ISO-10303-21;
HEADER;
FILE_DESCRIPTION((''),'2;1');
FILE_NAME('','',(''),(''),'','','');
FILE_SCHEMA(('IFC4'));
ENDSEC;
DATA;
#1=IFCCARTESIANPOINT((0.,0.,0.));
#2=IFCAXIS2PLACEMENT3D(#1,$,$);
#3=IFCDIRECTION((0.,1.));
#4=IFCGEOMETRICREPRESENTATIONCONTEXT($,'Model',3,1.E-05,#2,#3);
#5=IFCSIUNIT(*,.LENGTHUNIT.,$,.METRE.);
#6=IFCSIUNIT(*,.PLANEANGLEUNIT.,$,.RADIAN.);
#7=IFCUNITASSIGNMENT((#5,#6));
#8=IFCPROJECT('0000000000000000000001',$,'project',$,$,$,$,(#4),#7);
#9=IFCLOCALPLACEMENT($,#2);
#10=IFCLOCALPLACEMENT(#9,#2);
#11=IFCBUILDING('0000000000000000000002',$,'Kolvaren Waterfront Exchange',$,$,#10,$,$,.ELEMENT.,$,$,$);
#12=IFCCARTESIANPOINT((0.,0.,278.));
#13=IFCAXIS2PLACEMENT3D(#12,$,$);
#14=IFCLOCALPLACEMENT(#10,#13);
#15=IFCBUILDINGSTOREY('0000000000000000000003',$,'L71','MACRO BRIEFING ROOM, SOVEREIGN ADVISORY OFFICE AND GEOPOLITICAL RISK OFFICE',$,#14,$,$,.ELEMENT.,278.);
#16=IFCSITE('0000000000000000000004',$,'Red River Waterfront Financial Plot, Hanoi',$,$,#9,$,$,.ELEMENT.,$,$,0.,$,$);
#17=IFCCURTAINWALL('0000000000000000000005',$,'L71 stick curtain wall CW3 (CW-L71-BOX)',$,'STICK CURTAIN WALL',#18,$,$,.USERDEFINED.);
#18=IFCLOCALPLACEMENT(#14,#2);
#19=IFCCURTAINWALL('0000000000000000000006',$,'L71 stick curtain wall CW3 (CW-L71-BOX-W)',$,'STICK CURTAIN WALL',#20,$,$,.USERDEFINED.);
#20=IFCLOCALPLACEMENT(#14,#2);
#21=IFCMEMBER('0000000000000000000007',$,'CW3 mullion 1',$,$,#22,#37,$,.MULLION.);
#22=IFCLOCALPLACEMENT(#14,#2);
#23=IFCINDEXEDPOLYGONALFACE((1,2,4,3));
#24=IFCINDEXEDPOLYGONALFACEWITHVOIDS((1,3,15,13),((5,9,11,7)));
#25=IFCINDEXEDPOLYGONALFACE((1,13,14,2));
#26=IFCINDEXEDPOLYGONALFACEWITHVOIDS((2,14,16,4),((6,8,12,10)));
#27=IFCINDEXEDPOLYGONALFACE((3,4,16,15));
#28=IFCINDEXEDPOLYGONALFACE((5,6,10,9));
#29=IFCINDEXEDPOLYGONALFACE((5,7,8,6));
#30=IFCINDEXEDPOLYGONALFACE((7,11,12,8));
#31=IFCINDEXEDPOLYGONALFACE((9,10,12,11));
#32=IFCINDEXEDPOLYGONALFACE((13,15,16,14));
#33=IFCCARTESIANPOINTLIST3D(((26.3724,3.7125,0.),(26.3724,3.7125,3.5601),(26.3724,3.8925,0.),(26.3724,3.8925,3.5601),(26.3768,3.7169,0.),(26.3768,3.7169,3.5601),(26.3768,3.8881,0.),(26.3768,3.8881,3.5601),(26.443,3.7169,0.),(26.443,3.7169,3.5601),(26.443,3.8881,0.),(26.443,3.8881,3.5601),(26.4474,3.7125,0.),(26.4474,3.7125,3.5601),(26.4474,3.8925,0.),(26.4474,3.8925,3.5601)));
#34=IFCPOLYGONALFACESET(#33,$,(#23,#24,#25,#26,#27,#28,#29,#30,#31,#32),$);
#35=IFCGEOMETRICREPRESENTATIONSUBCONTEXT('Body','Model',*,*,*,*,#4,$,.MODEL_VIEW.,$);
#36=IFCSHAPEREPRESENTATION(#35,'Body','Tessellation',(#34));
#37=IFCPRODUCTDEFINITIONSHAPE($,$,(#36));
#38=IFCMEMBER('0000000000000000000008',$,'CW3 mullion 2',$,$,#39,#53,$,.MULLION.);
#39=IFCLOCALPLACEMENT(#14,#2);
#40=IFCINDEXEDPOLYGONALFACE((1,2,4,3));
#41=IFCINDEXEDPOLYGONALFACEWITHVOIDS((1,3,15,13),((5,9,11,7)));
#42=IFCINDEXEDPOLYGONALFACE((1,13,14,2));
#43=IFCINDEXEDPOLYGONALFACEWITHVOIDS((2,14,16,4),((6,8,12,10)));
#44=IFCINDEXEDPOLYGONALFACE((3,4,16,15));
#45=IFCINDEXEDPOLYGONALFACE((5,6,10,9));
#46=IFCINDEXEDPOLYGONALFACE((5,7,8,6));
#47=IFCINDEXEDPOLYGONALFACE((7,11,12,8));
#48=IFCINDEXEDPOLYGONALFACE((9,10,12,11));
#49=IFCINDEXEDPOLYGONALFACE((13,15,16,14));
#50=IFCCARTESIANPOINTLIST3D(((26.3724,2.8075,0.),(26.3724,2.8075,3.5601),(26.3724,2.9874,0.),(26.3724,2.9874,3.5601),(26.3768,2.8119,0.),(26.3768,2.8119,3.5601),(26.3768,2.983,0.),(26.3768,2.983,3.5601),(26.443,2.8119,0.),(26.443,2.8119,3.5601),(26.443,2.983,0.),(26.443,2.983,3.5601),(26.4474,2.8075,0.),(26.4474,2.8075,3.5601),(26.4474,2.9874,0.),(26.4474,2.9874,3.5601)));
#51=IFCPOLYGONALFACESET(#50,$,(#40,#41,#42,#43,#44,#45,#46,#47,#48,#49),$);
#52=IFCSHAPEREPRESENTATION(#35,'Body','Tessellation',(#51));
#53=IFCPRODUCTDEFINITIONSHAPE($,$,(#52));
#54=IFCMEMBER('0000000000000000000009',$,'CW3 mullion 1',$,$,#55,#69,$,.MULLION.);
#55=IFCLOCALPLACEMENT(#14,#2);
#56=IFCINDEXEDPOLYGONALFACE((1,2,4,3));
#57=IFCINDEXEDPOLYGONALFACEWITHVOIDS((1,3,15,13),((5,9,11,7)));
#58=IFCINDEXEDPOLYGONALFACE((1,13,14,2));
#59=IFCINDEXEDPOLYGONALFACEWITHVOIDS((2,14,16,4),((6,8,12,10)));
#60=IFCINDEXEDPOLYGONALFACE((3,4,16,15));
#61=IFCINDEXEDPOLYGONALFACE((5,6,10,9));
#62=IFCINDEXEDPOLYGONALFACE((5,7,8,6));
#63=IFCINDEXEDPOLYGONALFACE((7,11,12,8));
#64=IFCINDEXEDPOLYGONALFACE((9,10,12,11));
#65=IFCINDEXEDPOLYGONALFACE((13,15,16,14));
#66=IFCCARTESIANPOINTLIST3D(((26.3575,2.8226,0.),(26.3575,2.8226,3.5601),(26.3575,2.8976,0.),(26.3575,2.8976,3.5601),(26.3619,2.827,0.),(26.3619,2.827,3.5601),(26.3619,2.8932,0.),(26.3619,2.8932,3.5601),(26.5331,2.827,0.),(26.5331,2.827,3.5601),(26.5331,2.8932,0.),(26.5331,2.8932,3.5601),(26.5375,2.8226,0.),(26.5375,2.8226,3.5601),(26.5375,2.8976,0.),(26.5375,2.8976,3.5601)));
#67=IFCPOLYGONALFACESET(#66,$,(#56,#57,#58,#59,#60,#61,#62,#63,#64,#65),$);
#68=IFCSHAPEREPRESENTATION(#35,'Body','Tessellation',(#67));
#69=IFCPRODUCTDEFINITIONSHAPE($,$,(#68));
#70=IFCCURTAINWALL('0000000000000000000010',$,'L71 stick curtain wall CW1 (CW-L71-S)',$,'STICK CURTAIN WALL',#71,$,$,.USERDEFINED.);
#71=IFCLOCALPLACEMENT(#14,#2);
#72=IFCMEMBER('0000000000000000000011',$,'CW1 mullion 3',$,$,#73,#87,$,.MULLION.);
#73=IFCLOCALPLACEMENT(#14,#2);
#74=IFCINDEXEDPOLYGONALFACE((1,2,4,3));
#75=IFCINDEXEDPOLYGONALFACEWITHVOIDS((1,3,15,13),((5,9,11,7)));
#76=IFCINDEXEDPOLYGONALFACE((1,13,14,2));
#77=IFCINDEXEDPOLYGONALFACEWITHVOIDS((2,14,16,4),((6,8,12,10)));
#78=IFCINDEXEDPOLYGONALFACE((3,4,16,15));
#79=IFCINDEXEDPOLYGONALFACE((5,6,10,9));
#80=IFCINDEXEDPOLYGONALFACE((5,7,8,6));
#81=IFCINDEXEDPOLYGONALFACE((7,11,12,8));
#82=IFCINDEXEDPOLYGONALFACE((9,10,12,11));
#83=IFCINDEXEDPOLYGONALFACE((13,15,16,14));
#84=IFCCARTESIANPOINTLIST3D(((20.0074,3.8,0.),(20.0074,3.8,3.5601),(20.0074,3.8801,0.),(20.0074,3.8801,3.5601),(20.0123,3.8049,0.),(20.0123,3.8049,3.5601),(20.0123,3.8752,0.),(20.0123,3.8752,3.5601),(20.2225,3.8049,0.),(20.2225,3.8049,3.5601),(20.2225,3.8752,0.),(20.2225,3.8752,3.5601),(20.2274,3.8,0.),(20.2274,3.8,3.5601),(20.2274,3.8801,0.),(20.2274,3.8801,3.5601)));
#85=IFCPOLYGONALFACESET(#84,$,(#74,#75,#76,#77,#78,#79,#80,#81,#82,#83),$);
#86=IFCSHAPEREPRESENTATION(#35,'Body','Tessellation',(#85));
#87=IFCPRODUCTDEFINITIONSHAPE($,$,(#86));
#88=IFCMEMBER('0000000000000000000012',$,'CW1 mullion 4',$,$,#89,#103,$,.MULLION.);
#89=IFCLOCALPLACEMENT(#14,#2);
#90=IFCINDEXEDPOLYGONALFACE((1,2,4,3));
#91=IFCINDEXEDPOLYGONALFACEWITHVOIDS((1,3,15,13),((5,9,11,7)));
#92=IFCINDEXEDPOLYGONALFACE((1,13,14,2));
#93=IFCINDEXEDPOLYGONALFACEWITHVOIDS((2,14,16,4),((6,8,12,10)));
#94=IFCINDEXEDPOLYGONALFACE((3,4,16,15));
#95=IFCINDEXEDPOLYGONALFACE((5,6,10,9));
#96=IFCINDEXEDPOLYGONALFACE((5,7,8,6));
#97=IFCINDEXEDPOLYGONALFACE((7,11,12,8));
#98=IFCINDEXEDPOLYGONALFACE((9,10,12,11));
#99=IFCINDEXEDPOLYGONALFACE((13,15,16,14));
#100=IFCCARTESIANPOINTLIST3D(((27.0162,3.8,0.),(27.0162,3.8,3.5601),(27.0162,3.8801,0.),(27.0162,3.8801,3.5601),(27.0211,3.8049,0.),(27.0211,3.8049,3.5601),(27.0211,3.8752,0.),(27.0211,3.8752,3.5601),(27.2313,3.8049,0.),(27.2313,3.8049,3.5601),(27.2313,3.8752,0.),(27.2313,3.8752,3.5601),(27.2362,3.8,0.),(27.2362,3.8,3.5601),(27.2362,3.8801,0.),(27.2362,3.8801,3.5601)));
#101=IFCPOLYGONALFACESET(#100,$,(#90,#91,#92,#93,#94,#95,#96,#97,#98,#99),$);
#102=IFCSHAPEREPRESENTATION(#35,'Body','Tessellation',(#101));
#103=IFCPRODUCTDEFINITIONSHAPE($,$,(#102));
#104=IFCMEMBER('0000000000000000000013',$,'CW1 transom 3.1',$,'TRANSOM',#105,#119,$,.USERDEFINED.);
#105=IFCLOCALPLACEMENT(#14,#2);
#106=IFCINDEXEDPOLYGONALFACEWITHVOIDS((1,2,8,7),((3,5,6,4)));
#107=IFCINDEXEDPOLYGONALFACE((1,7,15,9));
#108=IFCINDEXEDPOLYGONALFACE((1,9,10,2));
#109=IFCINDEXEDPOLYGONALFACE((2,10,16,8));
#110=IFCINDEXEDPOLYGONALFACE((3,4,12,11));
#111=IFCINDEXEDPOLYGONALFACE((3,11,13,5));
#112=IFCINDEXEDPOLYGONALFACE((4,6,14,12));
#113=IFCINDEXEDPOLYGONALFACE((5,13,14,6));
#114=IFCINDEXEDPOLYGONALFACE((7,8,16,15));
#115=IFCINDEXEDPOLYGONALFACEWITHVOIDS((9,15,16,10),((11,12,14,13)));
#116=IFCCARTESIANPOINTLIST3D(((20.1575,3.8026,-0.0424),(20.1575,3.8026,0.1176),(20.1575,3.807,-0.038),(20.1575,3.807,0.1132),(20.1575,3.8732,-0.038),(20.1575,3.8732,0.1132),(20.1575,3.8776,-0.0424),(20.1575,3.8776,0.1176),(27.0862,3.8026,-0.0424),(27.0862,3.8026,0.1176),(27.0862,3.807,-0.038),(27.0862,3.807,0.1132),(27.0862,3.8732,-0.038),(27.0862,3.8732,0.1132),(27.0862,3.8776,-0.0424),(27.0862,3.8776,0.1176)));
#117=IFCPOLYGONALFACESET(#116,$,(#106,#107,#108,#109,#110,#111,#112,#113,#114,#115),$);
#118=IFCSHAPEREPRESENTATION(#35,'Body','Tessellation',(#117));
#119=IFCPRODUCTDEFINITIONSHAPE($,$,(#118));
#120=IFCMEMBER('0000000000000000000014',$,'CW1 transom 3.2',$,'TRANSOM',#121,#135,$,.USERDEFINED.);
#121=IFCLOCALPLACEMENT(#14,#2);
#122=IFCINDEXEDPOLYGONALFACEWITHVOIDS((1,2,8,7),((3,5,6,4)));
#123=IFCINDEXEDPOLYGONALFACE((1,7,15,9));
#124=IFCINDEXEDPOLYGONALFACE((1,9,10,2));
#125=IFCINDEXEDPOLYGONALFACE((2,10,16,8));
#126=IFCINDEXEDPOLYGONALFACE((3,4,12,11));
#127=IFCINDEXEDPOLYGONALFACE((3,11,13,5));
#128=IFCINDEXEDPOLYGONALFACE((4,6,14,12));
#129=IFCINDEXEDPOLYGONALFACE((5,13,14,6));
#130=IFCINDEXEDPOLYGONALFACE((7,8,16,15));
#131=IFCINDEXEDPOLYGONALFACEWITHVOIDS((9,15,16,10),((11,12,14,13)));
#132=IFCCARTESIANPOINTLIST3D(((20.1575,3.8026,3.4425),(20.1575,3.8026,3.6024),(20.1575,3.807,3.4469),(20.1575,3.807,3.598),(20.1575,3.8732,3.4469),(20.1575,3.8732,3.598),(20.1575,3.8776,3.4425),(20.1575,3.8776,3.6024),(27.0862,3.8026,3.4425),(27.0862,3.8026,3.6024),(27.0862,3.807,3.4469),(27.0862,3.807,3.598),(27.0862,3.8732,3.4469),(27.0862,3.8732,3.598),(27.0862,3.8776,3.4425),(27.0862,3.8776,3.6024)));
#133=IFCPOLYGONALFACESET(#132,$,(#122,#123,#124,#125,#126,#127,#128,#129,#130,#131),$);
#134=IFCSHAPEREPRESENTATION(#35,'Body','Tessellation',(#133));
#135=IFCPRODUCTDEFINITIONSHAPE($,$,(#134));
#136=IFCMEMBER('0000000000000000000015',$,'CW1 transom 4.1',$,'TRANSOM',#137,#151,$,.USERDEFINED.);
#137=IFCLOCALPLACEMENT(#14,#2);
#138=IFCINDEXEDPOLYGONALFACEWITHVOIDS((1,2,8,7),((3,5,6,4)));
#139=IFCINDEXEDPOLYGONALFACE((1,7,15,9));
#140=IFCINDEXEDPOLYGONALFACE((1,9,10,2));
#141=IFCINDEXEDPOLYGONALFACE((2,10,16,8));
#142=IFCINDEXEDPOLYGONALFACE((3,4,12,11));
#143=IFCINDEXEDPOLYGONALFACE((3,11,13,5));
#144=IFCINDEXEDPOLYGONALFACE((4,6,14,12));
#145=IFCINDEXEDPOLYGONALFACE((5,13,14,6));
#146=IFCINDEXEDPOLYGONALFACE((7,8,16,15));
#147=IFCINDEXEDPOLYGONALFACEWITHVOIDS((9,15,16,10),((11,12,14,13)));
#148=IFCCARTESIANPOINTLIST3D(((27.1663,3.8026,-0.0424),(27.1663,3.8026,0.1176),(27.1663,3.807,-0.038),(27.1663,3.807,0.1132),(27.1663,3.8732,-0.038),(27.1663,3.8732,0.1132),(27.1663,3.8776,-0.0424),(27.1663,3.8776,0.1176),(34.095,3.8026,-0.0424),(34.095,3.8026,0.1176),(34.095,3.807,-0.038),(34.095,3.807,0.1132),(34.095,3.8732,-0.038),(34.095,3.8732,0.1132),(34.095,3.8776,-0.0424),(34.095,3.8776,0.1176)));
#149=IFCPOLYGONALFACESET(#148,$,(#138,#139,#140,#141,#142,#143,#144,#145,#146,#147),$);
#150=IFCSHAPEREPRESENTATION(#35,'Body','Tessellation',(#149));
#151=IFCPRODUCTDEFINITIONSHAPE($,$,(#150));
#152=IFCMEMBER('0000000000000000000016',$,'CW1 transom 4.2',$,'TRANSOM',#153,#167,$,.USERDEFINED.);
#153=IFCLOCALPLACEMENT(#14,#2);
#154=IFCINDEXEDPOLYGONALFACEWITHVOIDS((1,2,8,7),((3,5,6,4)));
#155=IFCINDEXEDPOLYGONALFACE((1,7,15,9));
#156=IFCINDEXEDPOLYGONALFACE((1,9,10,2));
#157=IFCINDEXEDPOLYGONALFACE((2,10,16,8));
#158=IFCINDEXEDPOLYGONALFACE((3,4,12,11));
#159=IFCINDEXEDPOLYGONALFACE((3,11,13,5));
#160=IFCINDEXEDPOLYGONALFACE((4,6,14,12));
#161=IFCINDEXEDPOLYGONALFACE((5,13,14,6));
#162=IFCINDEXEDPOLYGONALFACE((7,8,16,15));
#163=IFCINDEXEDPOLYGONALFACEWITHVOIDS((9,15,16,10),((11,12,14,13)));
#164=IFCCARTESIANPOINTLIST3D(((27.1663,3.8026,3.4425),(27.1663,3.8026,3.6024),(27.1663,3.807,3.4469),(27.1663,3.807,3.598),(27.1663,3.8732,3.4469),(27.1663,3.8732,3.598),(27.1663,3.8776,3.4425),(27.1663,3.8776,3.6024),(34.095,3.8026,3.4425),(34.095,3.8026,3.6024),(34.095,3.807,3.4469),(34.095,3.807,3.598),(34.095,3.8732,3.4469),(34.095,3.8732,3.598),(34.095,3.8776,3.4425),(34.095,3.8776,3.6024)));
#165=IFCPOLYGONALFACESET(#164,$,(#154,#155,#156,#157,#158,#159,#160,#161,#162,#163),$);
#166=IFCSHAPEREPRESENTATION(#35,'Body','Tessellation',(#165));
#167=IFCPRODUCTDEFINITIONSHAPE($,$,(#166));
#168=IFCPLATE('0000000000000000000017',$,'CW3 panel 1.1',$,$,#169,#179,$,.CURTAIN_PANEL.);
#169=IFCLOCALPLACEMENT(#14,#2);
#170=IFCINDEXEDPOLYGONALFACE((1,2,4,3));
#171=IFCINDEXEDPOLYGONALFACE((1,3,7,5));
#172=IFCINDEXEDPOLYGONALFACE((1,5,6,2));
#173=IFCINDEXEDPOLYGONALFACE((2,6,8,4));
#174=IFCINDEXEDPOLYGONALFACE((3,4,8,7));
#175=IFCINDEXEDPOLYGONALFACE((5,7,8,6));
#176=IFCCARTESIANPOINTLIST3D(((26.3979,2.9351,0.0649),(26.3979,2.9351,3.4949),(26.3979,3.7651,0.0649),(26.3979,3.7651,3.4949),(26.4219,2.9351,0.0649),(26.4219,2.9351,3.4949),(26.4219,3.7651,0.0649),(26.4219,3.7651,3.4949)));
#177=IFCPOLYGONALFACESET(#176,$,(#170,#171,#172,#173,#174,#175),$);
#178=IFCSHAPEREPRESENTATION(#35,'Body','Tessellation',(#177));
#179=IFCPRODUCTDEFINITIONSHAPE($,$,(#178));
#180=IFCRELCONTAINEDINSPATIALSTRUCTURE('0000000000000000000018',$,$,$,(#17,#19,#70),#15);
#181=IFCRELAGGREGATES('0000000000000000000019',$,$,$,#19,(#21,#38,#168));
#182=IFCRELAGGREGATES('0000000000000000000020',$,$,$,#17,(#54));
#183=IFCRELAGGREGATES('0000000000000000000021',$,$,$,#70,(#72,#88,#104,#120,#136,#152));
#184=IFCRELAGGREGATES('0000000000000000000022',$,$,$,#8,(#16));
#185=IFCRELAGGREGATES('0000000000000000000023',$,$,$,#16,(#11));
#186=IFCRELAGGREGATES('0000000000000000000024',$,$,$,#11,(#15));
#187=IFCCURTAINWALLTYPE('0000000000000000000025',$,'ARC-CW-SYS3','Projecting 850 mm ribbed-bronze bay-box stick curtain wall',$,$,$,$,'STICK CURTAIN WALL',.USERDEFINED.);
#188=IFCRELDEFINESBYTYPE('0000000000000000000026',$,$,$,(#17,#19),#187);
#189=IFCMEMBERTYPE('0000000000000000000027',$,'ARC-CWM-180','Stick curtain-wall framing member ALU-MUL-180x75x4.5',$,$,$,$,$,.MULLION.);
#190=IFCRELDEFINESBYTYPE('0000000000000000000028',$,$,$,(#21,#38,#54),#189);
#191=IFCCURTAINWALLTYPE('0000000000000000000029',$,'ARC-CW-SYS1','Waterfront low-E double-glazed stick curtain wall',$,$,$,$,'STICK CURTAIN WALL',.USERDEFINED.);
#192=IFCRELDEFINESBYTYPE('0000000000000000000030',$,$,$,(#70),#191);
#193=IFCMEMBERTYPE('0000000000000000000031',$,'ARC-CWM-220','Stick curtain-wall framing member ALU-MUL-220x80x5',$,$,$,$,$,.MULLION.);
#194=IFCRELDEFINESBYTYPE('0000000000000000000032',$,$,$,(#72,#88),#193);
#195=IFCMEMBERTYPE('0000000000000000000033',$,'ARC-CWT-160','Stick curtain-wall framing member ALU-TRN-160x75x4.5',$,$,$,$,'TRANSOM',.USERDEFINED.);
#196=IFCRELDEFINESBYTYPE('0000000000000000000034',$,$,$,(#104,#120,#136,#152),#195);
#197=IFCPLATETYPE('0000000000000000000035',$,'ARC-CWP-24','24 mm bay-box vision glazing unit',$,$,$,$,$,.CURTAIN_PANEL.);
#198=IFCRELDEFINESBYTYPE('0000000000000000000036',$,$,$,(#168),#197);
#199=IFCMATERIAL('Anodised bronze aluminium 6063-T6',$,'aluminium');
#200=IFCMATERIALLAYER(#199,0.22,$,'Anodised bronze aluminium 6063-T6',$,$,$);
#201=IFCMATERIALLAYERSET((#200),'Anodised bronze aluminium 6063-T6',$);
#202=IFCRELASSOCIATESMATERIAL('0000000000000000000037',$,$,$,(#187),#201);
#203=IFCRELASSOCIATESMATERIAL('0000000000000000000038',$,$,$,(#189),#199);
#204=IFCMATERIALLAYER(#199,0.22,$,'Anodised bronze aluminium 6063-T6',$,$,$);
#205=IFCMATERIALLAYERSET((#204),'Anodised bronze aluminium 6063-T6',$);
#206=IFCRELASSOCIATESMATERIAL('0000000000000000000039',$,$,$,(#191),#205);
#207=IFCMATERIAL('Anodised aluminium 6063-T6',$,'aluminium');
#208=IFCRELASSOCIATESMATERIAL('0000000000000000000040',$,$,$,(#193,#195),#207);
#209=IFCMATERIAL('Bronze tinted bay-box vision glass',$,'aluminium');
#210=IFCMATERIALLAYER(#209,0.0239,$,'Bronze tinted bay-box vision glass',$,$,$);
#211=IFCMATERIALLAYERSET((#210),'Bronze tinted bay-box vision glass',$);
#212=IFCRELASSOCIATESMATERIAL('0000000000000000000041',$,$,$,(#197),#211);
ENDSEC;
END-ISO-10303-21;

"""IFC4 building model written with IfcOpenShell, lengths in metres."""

from ifc_helpers import new_model, si_unit, direction, frame, origin, origin_with_axes, origin_2d, place, context, subcontext, project, spatial, rectangle, hollow_rectangle, extrude, source, transform, mapped, material, layer, layer_set, material_profile, profile_set, type_object, element, aggregate, save


model = new_model("IFC4")

# Units and contexts
model_context = context("Model", 3, precision=1e-05, world=origin(), true_north=direction((0.0, 1.0)))
body_context = subcontext(model_context, "Body", "Model", "MODEL_VIEW")
ifc_project = project(units=[si_unit("LENGTHUNIT", "METRE"), si_unit("PLANEANGLEUNIT", "RADIAN")], contexts=[model_context])

# Site, building, storey
site_placement = place(None, origin())
site = spatial("IfcSite", under=ifc_project, at=site_placement, Name="Red River Waterfront Financial Plot, Hanoi", CompositionType="ELEMENT", RefElevation=0.0)
building_placement = place(site_placement, origin())
building = spatial("IfcBuilding", under=site, at=building_placement, Name="Kolvaren Waterfront Exchange", CompositionType="ELEMENT")
storey_placement = place(building_placement, frame((0.0, 0.0, 278.0)))
storey = spatial("IfcBuildingStorey", under=building, at=storey_placement, Name="L71", Description="MACRO BRIEFING ROOM, SOVEREIGN ADVISORY OFFICE AND GEOPOLITICAL RISK OFFICE", CompositionType="ELEMENT", Elevation=278.0)

# Curtain walls, members
ifc_material_1 = material(Name="Anodised bronze aluminium 6063-T6", Category="aluminium")
ifc_layer_1 = layer(ifc_material_1, 0.22, Name="Anodised bronze aluminium 6063-T6")
ifc_layer_set_1 = layer_set([ifc_layer_1], Name="Anodised bronze aluminium 6063-T6")
curtain_wall_type_1 = type_object("IfcCurtainWallType", Name="ARC-CW-SYS3", Description="Projecting 850 mm ribbed-bronze bay-box stick curtain wall", ElementType="STICK CURTAIN WALL", PredefinedType="USERDEFINED", material=ifc_layer_set_1)
curtain_wall_1_placement = place(storey_placement, origin())
curtain_wall_1 = element("IfcCurtainWall", 1, at=curtain_wall_1_placement, inside=storey, type_object=curtain_wall_type_1, Name="L71 stick curtain wall CW3 (CW-L71-BOX)", ObjectType="STICK CURTAIN WALL", PredefinedType="USERDEFINED")
curtain_wall_2_placement = place(storey_placement, origin())
curtain_wall_2 = element("IfcCurtainWall", 2, at=curtain_wall_2_placement, inside=storey, type_object=curtain_wall_type_1, Name="L71 stick curtain wall CW3 (CW-L71-BOX-W)", ObjectType="STICK CURTAIN WALL", PredefinedType="USERDEFINED")
ifc_material_profile_1 = material_profile(ifc_material_1, hollow_rectangle(XDim=0.075, YDim=0.1799, WallThickness=0.0044, at=origin_2d()), Name="ALU-MUL-180x75x4.5")
ifc_profile_set_1 = profile_set([ifc_material_profile_1], Name="Anodised bronze aluminium 6063-T6")
member_type_1 = type_object("IfcMemberType", Name="ARC-CWM-180", Description="Stick curtain-wall framing member ALU-MUL-180x75x4.5", PredefinedType="MULLION", material=ifc_profile_set_1)
shared_shape_1 = source(origin_with_axes(), body_context, "Body", "SweptSolid", [
    extrude(hollow_rectangle(XDim=0.075, YDim=0.1799, WallThickness=0.0044, at=origin_2d()), origin(), (0.0, 0.0, 1.0), 3.5601),
])
member_1_placement = place(storey_placement, frame((26.4099, 3.8025, 0.0), z_axis=(0.0, 0.0, 1.0), x_axis=(1.0, 0.0, 0.0)))
member_1 = element("IfcMember", 3, at=member_1_placement, type_object=member_type_1, Name="CW3 mullion 1", PredefinedType="MULLION", context=body_context, shape_type="MappedRepresentation", body=[
    mapped(shared_shape_1, transform((0.0, 0.0, 0.0), x_axis=(1.0, 0.0, 0.0), y_axis=(0.0, 1.0, 0.0), z_axis=(0.0, 0.0, 1.0), scale=1.0)),
])
member_2_placement = place(storey_placement, frame((26.4099, 2.8975, 0.0), z_axis=(0.0, 0.0, 1.0), x_axis=(1.0, 0.0, 0.0)))
member_2 = element("IfcMember", 4, at=member_2_placement, type_object=member_type_1, Name="CW3 mullion 2", PredefinedType="MULLION", context=body_context, shape_type="MappedRepresentation", body=[
    mapped(shared_shape_1, transform((0.0, 0.0, 0.0), x_axis=(1.0, 0.0, 0.0), y_axis=(0.0, 1.0, 0.0), z_axis=(0.0, 0.0, 1.0), scale=1.0)),
])

# Member
member_3_placement = place(storey_placement, frame((26.4475, 2.8601, 0.0), z_axis=(0.0, 0.0, 1.0), x_axis=(0.0, 1.0, 0.0)))
member_3 = element("IfcMember", 5, at=member_3_placement, type_object=member_type_1, Name="CW3 mullion 1", PredefinedType="MULLION", context=body_context, shape_type="MappedRepresentation", body=[
    mapped(shared_shape_1, transform((0.0, 0.0, 0.0), x_axis=(1.0, 0.0, 0.0), y_axis=(0.0, 1.0, 0.0), z_axis=(0.0, 0.0, 1.0), scale=1.0)),
])

# Curtain wall, members
ifc_layer_2 = layer(ifc_material_1, 0.22, Name="Anodised bronze aluminium 6063-T6")
ifc_layer_set_2 = layer_set([ifc_layer_2], Name="Anodised bronze aluminium 6063-T6")
curtain_wall_type_2 = type_object("IfcCurtainWallType", Name="ARC-CW-SYS1", Description="Waterfront low-E double-glazed stick curtain wall", ElementType="STICK CURTAIN WALL", PredefinedType="USERDEFINED", material=ifc_layer_set_2)
curtain_wall_3_placement = place(storey_placement, origin())
curtain_wall_3 = element("IfcCurtainWall", 6, at=curtain_wall_3_placement, inside=storey, type_object=curtain_wall_type_2, Name="L71 stick curtain wall CW1 (CW-L71-S)", ObjectType="STICK CURTAIN WALL", PredefinedType="USERDEFINED")
ifc_material_2 = material(Name="Anodised aluminium 6063-T6", Category="aluminium")
ifc_material_profile_2 = material_profile(ifc_material_2, hollow_rectangle(XDim=0.0801, YDim=0.22, WallThickness=0.0049, at=origin_2d()), Name="ALU-MUL-220x80x5")
ifc_profile_set_2 = profile_set([ifc_material_profile_2], Name="Anodised aluminium 6063-T6")
member_type_2 = type_object("IfcMemberType", Name="ARC-CWM-220", Description="Stick curtain-wall framing member ALU-MUL-220x80x5", PredefinedType="MULLION", material=ifc_profile_set_2)
shared_shape_2 = source(origin_with_axes(), body_context, "Body", "SweptSolid", [
    extrude(hollow_rectangle(XDim=0.0801, YDim=0.22, WallThickness=0.0049, at=origin_2d()), origin(), (0.0, 0.0, 1.0), 3.5601),
])
member_4_placement = place(storey_placement, frame((20.1174, 3.8401, 0.0), z_axis=(0.0, 0.0, 1.0), x_axis=(0.0, 1.0, 0.0)))
member_4 = element("IfcMember", 7, at=member_4_placement, type_object=member_type_2, Name="CW1 mullion 3", PredefinedType="MULLION", context=body_context, shape_type="MappedRepresentation", body=[
    mapped(shared_shape_2, transform((0.0, 0.0, 0.0), x_axis=(1.0, 0.0, 0.0), y_axis=(0.0, 1.0, 0.0), z_axis=(0.0, 0.0, 1.0), scale=1.0)),
])
member_5_placement = place(storey_placement, frame((27.1262, 3.8401, 0.0), z_axis=(0.0, 0.0, 1.0), x_axis=(0.0, 1.0, 0.0)))
member_5 = element("IfcMember", 8, at=member_5_placement, type_object=member_type_2, Name="CW1 mullion 4", PredefinedType="MULLION", context=body_context, shape_type="MappedRepresentation", body=[
    mapped(shared_shape_2, transform((0.0, 0.0, 0.0), x_axis=(1.0, 0.0, 0.0), y_axis=(0.0, 1.0, 0.0), z_axis=(0.0, 0.0, 1.0), scale=1.0)),
])
ifc_material_profile_3 = material_profile(ifc_material_2, hollow_rectangle(XDim=0.075, YDim=0.1599, WallThickness=0.0044, at=origin_2d()), Name="ALU-TRN-160x75x4.5")
ifc_profile_set_3 = profile_set([ifc_material_profile_3], Name="Anodised aluminium 6063-T6")
member_type_3 = type_object("IfcMemberType", Name="ARC-CWT-160", Description="Stick curtain-wall framing member ALU-TRN-160x75x4.5", ElementType="TRANSOM", PredefinedType="USERDEFINED", material=ifc_profile_set_3)
shared_shape_3 = source(origin_with_axes(), body_context, "Body", "SweptSolid", [
    extrude(hollow_rectangle(XDim=0.075, YDim=0.1599, WallThickness=0.0044, at=origin_2d()), origin(), (0.0, 0.0, 1.0), 6.9287),
])
member_6_placement = place(storey_placement, frame((20.1575, 3.8401, 0.0376), z_axis=(1.0, 0.0, 0.0), x_axis=(0.0, 1.0, 0.0)))
member_6 = element("IfcMember", 9, at=member_6_placement, type_object=member_type_3, Name="CW1 transom 3.1", ObjectType="TRANSOM", PredefinedType="USERDEFINED", context=body_context, shape_type="MappedRepresentation", body=[
    mapped(shared_shape_3, transform((0.0, 0.0, 0.0), x_axis=(1.0, 0.0, 0.0), y_axis=(0.0, 1.0, 0.0), z_axis=(0.0, 0.0, 1.0), scale=1.0)),
])
member_7_placement = place(storey_placement, frame((20.1575, 3.8401, 3.5225), z_axis=(1.0, 0.0, 0.0), x_axis=(0.0, 1.0, 0.0)))
member_7 = element("IfcMember", 10, at=member_7_placement, type_object=member_type_3, Name="CW1 transom 3.2", ObjectType="TRANSOM", PredefinedType="USERDEFINED", context=body_context, shape_type="MappedRepresentation", body=[
    mapped(shared_shape_3, transform((0.0, 0.0, 0.0), x_axis=(1.0, 0.0, 0.0), y_axis=(0.0, 1.0, 0.0), z_axis=(0.0, 0.0, 1.0), scale=1.0)),
])
member_8_placement = place(storey_placement, frame((27.1663, 3.8401, 0.0376), z_axis=(1.0, 0.0, 0.0), x_axis=(0.0, 1.0, 0.0)))
member_8 = element("IfcMember", 11, at=member_8_placement, type_object=member_type_3, Name="CW1 transom 4.1", ObjectType="TRANSOM", PredefinedType="USERDEFINED", context=body_context, shape_type="MappedRepresentation", body=[
    mapped(shared_shape_3, transform((0.0, 0.0, 0.0), x_axis=(1.0, 0.0, 0.0), y_axis=(0.0, 1.0, 0.0), z_axis=(0.0, 0.0, 1.0), scale=1.0)),
])
member_9_placement = place(storey_placement, frame((27.1663, 3.8401, 3.5225), z_axis=(1.0, 0.0, 0.0), x_axis=(0.0, 1.0, 0.0)))
member_9 = element("IfcMember", 12, at=member_9_placement, type_object=member_type_3, Name="CW1 transom 4.2", ObjectType="TRANSOM", PredefinedType="USERDEFINED", context=body_context, shape_type="MappedRepresentation", body=[
    mapped(shared_shape_3, transform((0.0, 0.0, 0.0), x_axis=(1.0, 0.0, 0.0), y_axis=(0.0, 1.0, 0.0), z_axis=(0.0, 0.0, 1.0), scale=1.0)),
])

# Plate
ifc_material_3 = material(Name="Bronze tinted bay-box vision glass", Category="aluminium")
ifc_layer_3 = layer(ifc_material_3, 0.0239, Name="Bronze tinted bay-box vision glass")
ifc_layer_set_3 = layer_set([ifc_layer_3], Name="Bronze tinted bay-box vision glass")
plate_type_1 = type_object("IfcPlateType", Name="ARC-CWP-24", Description="24 mm bay-box vision glazing unit", PredefinedType="CURTAIN_PANEL", material=ifc_layer_set_3)
shared_shape_4 = source(origin_with_axes(), body_context, "Body", "SweptSolid", [
    extrude(rectangle(XDim=0.8301, YDim=0.0239, at=origin_2d()), origin(), (0.0, 0.0, 1.0), 3.4299),
])
plate_1_placement = place(storey_placement, frame((26.4099, 3.3501, 0.0649), z_axis=(0.0, 0.0, 1.0), x_axis=(0.0, -1.0, 0.0)))
plate_1 = element("IfcPlate", 13, at=plate_1_placement, type_object=plate_type_1, Name="CW3 panel 1.1", PredefinedType="CURTAIN_PANEL", context=body_context, shape_type="MappedRepresentation", body=[
    mapped(shared_shape_4, transform((0.0, 0.0, 0.0), x_axis=(1.0, 0.0, 0.0), y_axis=(0.0, 1.0, 0.0), z_axis=(0.0, 0.0, 1.0), scale=1.0)),
])
aggregate(curtain_wall_2, [member_1, member_2, plate_1])
aggregate(curtain_wall_1, [member_3])
aggregate(curtain_wall_3, [member_4, member_5, member_6, member_7, member_8, member_9])

save(model, "model.ifc")
